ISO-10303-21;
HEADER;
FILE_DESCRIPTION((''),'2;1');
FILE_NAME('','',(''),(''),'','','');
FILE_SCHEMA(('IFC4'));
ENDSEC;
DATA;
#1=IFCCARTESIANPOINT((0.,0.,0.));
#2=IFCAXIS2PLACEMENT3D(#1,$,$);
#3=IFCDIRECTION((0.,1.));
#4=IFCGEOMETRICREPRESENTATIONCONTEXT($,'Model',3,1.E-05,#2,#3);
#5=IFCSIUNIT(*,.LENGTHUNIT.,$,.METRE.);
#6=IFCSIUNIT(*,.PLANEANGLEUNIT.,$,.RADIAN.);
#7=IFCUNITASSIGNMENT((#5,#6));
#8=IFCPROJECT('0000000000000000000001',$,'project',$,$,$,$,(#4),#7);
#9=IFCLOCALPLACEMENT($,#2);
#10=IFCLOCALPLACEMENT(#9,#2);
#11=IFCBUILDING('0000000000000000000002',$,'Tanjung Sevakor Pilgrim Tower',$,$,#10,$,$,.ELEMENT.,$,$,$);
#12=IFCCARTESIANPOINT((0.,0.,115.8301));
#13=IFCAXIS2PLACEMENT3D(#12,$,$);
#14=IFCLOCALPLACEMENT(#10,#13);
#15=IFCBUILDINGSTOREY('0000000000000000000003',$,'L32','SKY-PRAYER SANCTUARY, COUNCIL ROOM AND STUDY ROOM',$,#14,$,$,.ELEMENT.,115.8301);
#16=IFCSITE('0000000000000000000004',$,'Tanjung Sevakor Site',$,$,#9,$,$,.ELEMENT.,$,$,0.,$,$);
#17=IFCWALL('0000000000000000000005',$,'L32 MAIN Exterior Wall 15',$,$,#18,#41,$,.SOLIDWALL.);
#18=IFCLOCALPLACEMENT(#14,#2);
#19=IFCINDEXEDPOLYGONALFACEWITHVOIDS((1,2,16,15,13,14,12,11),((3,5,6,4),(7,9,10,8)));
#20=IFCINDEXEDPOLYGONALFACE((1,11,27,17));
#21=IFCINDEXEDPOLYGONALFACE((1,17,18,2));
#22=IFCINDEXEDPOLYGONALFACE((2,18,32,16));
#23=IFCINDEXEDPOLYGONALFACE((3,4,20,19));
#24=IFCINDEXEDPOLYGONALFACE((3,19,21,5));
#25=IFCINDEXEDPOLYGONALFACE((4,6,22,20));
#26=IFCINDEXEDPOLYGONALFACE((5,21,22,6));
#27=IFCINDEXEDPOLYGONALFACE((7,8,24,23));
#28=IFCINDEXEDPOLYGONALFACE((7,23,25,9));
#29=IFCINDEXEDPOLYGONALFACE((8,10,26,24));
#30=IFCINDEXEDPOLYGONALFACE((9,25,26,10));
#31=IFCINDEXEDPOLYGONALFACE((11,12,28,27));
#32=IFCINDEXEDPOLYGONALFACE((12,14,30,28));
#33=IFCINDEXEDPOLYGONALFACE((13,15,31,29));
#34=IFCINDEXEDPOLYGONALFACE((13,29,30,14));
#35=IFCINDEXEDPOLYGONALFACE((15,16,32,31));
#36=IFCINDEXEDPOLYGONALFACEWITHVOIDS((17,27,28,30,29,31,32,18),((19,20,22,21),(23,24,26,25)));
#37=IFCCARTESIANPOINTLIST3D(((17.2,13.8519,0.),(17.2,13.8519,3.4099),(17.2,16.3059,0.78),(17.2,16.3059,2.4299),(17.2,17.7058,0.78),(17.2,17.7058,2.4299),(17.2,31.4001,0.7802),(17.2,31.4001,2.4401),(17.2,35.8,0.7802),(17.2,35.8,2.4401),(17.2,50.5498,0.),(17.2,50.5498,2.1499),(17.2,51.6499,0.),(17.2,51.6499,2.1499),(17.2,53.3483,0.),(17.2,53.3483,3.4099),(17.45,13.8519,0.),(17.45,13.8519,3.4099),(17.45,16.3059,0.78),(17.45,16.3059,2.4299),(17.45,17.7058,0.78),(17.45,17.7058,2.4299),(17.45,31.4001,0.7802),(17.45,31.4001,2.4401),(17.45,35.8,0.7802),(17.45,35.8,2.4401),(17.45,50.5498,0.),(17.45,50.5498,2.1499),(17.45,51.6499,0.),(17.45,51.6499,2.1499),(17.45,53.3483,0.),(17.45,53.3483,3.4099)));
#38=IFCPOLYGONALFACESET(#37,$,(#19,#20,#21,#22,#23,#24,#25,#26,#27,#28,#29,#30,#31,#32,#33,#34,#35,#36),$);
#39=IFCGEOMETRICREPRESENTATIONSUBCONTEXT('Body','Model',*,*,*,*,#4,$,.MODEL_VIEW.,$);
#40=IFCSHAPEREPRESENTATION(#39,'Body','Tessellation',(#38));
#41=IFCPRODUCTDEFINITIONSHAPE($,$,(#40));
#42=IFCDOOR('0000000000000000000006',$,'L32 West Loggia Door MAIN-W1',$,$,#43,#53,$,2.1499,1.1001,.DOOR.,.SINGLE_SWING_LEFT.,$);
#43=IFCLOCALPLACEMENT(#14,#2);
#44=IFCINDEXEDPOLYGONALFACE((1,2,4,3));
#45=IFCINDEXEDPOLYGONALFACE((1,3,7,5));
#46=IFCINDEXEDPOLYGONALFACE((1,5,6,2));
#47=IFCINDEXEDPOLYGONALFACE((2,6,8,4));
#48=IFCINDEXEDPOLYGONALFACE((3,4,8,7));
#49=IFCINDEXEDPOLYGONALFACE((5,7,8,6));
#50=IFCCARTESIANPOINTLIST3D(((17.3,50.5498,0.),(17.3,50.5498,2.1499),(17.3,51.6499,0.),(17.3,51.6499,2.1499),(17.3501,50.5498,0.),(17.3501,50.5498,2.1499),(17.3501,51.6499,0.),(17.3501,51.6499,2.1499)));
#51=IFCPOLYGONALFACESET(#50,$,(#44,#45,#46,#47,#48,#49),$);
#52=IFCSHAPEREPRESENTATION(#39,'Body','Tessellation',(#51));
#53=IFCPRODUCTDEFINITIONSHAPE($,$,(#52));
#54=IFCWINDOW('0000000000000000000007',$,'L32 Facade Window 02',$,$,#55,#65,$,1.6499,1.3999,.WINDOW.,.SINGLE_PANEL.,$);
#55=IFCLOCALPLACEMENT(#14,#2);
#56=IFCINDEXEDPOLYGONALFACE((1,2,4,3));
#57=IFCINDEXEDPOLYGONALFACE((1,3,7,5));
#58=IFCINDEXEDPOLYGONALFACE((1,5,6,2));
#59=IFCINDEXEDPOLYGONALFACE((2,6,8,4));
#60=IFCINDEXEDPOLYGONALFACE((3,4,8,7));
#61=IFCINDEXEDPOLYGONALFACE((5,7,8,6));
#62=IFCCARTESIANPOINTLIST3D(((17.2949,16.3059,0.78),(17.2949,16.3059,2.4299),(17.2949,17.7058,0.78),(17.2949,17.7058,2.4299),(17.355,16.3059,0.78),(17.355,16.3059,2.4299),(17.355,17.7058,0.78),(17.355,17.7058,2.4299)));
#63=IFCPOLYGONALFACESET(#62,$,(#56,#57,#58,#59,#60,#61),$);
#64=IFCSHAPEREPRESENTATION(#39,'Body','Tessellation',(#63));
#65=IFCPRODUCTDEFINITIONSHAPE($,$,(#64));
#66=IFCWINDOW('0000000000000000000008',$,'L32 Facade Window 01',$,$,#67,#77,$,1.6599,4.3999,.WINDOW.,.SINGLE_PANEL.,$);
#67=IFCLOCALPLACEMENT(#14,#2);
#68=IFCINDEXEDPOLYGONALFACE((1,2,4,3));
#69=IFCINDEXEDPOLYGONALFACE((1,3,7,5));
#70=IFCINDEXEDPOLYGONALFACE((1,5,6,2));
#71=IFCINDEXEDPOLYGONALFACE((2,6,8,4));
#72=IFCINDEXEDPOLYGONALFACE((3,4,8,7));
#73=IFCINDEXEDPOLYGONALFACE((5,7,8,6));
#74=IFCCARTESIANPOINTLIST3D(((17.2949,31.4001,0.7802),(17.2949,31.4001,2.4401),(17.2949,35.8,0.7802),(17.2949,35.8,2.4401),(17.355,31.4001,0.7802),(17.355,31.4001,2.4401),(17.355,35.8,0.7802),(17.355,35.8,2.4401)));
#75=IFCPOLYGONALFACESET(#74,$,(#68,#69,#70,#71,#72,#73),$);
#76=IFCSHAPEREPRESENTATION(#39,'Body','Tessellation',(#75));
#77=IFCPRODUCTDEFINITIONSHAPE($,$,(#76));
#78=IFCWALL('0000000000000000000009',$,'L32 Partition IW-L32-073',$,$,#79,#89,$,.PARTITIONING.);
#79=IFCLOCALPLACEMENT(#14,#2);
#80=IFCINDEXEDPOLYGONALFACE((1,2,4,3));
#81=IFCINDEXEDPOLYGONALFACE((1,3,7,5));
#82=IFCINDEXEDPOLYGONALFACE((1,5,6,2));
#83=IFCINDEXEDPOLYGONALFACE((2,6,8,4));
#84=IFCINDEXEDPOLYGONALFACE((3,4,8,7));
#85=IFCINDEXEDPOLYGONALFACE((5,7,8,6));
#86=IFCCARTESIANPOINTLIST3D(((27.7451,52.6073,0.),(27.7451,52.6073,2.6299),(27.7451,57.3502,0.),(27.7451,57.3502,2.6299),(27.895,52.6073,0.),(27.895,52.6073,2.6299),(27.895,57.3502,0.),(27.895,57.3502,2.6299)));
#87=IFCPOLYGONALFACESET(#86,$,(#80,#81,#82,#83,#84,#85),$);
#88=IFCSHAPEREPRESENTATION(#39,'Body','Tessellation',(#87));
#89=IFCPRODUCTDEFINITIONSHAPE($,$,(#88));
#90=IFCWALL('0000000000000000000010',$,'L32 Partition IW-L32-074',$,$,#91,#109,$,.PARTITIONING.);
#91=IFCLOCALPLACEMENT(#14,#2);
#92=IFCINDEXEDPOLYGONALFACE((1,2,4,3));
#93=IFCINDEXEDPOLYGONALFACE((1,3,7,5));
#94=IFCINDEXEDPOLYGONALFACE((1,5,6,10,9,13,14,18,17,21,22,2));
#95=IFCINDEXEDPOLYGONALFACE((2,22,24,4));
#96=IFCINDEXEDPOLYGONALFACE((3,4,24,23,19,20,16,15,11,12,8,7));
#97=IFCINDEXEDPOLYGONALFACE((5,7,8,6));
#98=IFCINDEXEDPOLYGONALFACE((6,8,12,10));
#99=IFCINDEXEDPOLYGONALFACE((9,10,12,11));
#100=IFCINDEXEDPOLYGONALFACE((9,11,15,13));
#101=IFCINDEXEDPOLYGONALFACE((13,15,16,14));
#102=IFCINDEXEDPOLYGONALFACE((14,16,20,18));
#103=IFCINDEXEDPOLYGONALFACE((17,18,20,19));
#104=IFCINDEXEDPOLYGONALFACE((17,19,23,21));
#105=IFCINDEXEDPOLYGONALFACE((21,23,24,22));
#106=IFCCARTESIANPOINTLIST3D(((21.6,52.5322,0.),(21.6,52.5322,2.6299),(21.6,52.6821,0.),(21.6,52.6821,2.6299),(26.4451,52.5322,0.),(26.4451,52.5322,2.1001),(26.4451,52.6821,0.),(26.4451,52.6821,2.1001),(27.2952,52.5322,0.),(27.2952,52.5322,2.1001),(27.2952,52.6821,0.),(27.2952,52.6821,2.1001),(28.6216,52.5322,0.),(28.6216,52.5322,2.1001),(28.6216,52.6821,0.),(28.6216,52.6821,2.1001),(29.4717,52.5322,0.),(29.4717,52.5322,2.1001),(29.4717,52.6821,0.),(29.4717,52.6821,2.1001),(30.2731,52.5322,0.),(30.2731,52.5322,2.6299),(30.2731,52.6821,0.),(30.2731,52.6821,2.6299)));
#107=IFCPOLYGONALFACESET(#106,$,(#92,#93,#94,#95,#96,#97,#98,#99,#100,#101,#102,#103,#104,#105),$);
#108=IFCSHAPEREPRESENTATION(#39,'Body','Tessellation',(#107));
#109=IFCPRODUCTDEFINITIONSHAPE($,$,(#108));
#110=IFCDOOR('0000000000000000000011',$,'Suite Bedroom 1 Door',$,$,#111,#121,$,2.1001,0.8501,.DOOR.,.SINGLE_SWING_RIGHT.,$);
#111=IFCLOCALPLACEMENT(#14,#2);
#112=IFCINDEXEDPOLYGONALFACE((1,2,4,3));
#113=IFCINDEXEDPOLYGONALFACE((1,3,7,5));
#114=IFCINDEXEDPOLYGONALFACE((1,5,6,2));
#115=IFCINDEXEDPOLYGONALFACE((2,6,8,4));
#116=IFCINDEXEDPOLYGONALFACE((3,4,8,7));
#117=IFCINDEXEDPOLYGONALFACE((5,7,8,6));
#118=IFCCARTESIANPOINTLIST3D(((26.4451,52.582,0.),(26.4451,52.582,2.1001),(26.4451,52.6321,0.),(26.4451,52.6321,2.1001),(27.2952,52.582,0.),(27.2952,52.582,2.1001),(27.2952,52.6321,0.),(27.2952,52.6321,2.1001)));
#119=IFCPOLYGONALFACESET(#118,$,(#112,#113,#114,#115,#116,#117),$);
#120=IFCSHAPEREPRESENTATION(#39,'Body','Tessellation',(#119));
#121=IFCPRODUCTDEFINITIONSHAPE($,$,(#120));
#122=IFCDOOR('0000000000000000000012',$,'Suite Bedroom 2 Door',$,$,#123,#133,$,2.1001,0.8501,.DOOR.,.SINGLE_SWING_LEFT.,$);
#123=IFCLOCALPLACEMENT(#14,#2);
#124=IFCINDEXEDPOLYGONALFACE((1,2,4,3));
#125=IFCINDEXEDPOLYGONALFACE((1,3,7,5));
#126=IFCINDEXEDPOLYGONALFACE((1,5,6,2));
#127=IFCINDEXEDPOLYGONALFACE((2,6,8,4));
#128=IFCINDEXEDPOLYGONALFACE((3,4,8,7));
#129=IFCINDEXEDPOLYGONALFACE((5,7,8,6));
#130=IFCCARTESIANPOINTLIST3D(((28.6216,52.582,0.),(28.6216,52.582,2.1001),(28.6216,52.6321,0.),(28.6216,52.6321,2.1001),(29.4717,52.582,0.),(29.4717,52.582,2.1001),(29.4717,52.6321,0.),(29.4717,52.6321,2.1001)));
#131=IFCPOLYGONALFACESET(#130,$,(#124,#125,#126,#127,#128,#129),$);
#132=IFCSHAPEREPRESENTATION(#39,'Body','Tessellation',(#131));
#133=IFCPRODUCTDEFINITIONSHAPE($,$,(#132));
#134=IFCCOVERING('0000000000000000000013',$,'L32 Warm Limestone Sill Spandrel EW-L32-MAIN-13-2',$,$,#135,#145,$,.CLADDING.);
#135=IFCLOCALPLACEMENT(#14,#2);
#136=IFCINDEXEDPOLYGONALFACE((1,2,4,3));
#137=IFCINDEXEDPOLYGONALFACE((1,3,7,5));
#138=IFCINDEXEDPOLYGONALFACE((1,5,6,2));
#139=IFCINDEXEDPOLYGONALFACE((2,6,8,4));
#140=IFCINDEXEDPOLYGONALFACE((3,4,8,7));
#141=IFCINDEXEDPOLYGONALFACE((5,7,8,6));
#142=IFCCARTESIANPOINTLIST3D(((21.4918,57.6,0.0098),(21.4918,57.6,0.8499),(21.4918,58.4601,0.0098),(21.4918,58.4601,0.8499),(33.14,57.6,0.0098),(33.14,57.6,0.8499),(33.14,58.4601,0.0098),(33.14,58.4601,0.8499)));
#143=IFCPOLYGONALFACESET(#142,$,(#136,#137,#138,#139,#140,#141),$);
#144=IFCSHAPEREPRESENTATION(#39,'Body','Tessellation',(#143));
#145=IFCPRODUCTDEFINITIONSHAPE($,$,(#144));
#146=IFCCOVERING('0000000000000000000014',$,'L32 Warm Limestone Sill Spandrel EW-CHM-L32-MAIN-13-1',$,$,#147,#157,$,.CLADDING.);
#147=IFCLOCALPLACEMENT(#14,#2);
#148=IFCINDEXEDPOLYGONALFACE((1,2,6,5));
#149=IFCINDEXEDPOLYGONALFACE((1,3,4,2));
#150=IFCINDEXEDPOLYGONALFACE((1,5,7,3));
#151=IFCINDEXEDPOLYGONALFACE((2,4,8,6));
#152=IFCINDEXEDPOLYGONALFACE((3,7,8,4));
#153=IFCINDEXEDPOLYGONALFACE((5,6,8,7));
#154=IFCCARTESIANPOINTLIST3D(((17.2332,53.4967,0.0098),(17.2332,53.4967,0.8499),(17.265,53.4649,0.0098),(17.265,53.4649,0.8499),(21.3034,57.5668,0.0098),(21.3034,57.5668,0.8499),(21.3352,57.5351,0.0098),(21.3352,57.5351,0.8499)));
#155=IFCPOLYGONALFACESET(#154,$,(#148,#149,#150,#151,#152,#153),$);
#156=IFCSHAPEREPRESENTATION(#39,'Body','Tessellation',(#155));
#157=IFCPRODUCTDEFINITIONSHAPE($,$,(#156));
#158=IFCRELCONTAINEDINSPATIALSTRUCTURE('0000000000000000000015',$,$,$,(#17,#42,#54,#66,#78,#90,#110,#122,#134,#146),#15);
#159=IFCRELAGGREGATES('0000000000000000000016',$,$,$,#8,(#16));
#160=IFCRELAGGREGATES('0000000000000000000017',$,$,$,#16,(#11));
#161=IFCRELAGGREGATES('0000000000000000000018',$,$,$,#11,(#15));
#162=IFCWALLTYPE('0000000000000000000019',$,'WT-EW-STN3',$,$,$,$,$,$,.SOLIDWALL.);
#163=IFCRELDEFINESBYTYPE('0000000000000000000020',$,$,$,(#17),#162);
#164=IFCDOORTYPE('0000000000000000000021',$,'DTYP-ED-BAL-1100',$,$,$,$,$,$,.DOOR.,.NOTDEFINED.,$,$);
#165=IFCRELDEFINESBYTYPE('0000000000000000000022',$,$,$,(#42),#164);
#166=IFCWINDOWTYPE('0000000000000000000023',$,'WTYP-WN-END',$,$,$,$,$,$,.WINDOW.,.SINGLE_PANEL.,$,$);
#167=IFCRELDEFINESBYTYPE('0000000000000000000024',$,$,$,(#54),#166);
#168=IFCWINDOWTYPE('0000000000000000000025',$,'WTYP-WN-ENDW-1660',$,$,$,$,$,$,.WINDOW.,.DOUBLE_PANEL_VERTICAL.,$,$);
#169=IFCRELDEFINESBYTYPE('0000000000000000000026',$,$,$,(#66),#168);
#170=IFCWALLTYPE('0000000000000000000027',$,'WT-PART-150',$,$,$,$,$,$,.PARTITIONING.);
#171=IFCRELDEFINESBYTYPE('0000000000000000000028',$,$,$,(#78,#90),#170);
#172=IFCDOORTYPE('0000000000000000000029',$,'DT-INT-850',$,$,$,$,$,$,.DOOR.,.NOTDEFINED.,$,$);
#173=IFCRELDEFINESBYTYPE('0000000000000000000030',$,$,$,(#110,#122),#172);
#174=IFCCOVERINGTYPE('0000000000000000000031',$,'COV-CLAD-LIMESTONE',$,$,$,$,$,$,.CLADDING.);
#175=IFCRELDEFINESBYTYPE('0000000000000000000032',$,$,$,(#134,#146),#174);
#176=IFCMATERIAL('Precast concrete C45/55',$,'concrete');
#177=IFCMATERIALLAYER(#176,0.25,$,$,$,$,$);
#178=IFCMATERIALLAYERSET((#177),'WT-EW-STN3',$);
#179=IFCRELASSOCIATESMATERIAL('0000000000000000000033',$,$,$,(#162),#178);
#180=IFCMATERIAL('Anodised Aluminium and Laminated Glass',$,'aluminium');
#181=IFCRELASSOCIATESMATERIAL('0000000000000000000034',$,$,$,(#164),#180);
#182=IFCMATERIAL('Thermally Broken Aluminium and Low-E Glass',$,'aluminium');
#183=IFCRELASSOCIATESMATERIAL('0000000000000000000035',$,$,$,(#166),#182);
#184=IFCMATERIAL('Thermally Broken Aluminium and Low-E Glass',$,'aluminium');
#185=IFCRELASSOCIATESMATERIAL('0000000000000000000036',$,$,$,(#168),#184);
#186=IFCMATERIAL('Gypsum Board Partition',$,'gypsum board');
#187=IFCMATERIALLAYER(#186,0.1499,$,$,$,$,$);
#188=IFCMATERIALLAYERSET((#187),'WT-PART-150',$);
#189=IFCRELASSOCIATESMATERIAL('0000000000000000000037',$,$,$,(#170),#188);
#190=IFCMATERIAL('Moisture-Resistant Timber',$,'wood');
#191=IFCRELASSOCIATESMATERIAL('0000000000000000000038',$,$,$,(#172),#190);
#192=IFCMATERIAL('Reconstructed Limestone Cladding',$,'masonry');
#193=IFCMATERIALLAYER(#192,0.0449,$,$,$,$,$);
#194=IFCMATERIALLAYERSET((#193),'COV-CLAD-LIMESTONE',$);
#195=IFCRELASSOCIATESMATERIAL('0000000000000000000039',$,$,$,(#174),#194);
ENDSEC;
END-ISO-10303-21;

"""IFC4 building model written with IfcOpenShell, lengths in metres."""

from ifc_helpers import new_model, si_unit, direction, frame, frame_2d, origin, origin_2d, place, context, subcontext, project, spatial, rectangle, extrude, material, layer, layer_set, type_object, element, fill, save


model = new_model("IFC4")

# Units and contexts
model_context = context("Model", 3, precision=1e-05, world=origin(), true_north=direction((0.0, 1.0)))
body_context = subcontext(model_context, "Body", "Model", "MODEL_VIEW")
ifc_project = project(units=[si_unit("LENGTHUNIT", "METRE"), si_unit("PLANEANGLEUNIT", "RADIAN")], contexts=[model_context])

# Site, building, storey
site_placement = place(None, origin())
site = spatial("IfcSite", under=ifc_project, at=site_placement, Name="Tanjung Sevakor Site", CompositionType="ELEMENT", RefElevation=0.0)
building_placement = place(site_placement, origin())
building = spatial("IfcBuilding", under=site, at=building_placement, Name="Tanjung Sevakor Pilgrim Tower", CompositionType="ELEMENT")
storey_placement = place(building_placement, frame((0.0, 0.0, 115.8301)))
storey = spatial("IfcBuildingStorey", under=building, at=storey_placement, Name="L32", Description="SKY-PRAYER SANCTUARY, COUNCIL ROOM AND STUDY ROOM", CompositionType="ELEMENT", Elevation=115.8301)

# Shared definitions
ifc_material_1 = material(Name="Precast concrete C45/55", Category="concrete")
ifc_layer_1 = layer(ifc_material_1, 0.25)
ifc_layer_set_1 = layer_set([ifc_layer_1], Name="WT-EW-STN3")
wall_type_1 = type_object("IfcWallType", Name="WT-EW-STN3", PredefinedType="SOLIDWALL", material=ifc_layer_set_1)

# Wall, openings, door, windows
wall_1_placement = place(storey_placement, frame((17.325, 53.3481, 0.0), z_axis=(0.0, 0.0, 1.0), x_axis=(0.0, -1.0, 0.0)))
wall_1 = element("IfcWall", 1, at=wall_1_placement, inside=storey, type_object=wall_type_1, Name="L32 MAIN Exterior Wall 15", PredefinedType="SOLIDWALL", context=body_context, shape_type="SweptSolid", body=[
    extrude(rectangle(XDim=39.4963, YDim=0.25, at=frame_2d((19.748, 0.0))), origin(), (0.0, 0.0, 1.0), 3.4099),
])
opening_1_placement = place(wall_1_placement, frame((1.6982, 0.0, 0.0)))
opening_1 = element("IfcOpeningElement", 2, at=opening_1_placement, cuts=wall_1, PredefinedType="OPENING", context=body_context, shape_type="SweptSolid", body=[
    extrude(rectangle(XDim=1.1001, YDim=2.1499, at=frame_2d((0.55, 1.075))), frame((0.0, 0.135, 0.0), z_axis=(0.0, -1.0, 0.0), x_axis=(1.0, 0.0, 0.0)), (0.0, 0.0, 1.0), 0.27),
])
opening_2_placement = place(wall_1_placement, frame((17.5481, 0.0, 0.78)))
opening_2 = element("IfcOpeningElement", 3, at=opening_2_placement, cuts=wall_1, PredefinedType="OPENING", context=body_context, shape_type="SweptSolid", body=[
    extrude(rectangle(XDim=4.3999, YDim=1.6599, at=frame_2d((2.2, 0.8301))), frame((0.0, 0.135, 0.0), z_axis=(0.0, -1.0, 0.0), x_axis=(1.0, 0.0, 0.0)), (0.0, 0.0, 1.0), 0.27),
])
opening_3_placement = place(wall_1_placement, frame((35.6423, 0.0, 0.78)))
opening_3 = element("IfcOpeningElement", 4, at=opening_3_placement, cuts=wall_1, PredefinedType="OPENING", context=body_context, shape_type="SweptSolid", body=[
    extrude(rectangle(XDim=1.3999, YDim=1.6499, at=frame_2d((0.7, 0.825))), frame((0.0, 0.135, 0.0), z_axis=(0.0, -1.0, 0.0), x_axis=(1.0, 0.0, 0.0)), (0.0, 0.0, 1.0), 0.27),
])
ifc_material_2 = material(Name="Anodised Aluminium and Laminated Glass", Category="aluminium")
door_type_1 = type_object("IfcDoorType", Name="DTYP-ED-BAL-1100", OperationType="NOTDEFINED", PredefinedType="DOOR", material=ifc_material_2)
door_1_placement = place(opening_1_placement, frame((1.1001, 0.0, 0.0), z_axis=(0.0, 0.0, 1.0), x_axis=(-1.0, 0.0, 0.0)))
door_1 = element("IfcDoor", 5, at=door_1_placement, inside=storey, type_object=door_type_1, Name="L32 West Loggia Door MAIN-W1", OperationType="SINGLE_SWING_LEFT", OverallHeight=2.1499, OverallWidth=1.1001, PredefinedType="DOOR", context=body_context, shape_type="SweptSolid", body=[
    extrude(rectangle(XDim=1.1001, YDim=2.1499, at=frame_2d((0.55, 1.075))), frame((0.0, 0.0249, 0.0), z_axis=(0.0, -1.0, 0.0), x_axis=(1.0, 0.0, 0.0)), (0.0, 0.0, 1.0), 0.05),
])
fill(opening_1, door_1)
ifc_material_3 = material(Name="Thermally Broken Aluminium and Low-E Glass", Category="aluminium")
window_type_1 = type_object("IfcWindowType", Name="WTYP-WN-END", PartitioningType="SINGLE_PANEL", PredefinedType="WINDOW", material=ifc_material_3)
window_1_placement = place(opening_3_placement, origin())
window_1 = element("IfcWindow", 6, at=window_1_placement, inside=storey, type_object=window_type_1, Name="L32 Facade Window 02", OverallHeight=1.6499, OverallWidth=1.3999, PartitioningType="SINGLE_PANEL", PredefinedType="WINDOW", context=body_context, shape_type="SweptSolid", body=[
    extrude(rectangle(XDim=1.3999, YDim=1.6499, at=frame_2d((0.7, 0.825))), frame((0.0, 0.03, 0.0), z_axis=(0.0, -1.0, 0.0), x_axis=(1.0, 0.0, 0.0)), (0.0, 0.0, 1.0), 0.0601),
])
fill(opening_3, window_1)
ifc_material_4 = material(Name="Thermally Broken Aluminium and Low-E Glass", Category="aluminium")
window_type_2 = type_object("IfcWindowType", Name="WTYP-WN-ENDW-1660", PartitioningType="DOUBLE_PANEL_VERTICAL", PredefinedType="WINDOW", material=ifc_material_4)
window_2_placement = place(opening_2_placement, origin())
window_2 = element("IfcWindow", 7, at=window_2_placement, inside=storey, type_object=window_type_2, Name="L32 Facade Window 01", OverallHeight=1.6599, OverallWidth=4.3999, PartitioningType="SINGLE_PANEL", PredefinedType="WINDOW", context=body_context, shape_type="SweptSolid", body=[
    extrude(rectangle(XDim=4.3999, YDim=1.6599, at=frame_2d((2.2, 0.8301))), frame((0.0, 0.03, 0.0), z_axis=(0.0, -1.0, 0.0), x_axis=(1.0, 0.0, 0.0)), (0.0, 0.0, 1.0), 0.0601),
])
fill(opening_2, window_2)

# Wall
ifc_material_5 = material(Name="Gypsum Board Partition", Category="gypsum board")
ifc_layer_2 = layer(ifc_material_5, 0.1499)
ifc_layer_set_2 = layer_set([ifc_layer_2], Name="WT-PART-150")
wall_type_2 = type_object("IfcWallType", Name="WT-PART-150", PredefinedType="PARTITIONING", material=ifc_layer_set_2)
wall_2_placement = place(storey_placement, frame((27.8201, 52.6072, 0.0), z_axis=(0.0, 0.0, 1.0), x_axis=(0.0, 1.0, 0.0)))
element("IfcWall", 8, at=wall_2_placement, inside=storey, type_object=wall_type_2, Name="L32 Partition IW-L32-073", PredefinedType="PARTITIONING", context=body_context, shape_type="SweptSolid", body=[
    extrude(rectangle(XDim=4.7429, YDim=0.1499, at=frame_2d((2.3716, 0.0))), origin(), (0.0, 0.0, 1.0), 2.6299),
])

# Wall, openings, doors
wall_3_placement = place(storey_placement, frame((21.6001, 52.6072, 0.0), z_axis=(0.0, 0.0, 1.0), x_axis=(1.0, 0.0, 0.0)))
wall_3 = element("IfcWall", 9, at=wall_3_placement, inside=storey, type_object=wall_type_2, Name="L32 Partition IW-L32-074", PredefinedType="PARTITIONING", context=body_context, shape_type="SweptSolid", body=[
    extrude(rectangle(XDim=8.6731, YDim=0.1499, at=frame_2d((4.3364, 0.0))), origin(), (0.0, 0.0, 1.0), 2.6299),
])
opening_4_placement = place(wall_3_placement, frame((4.845, 0.0, 0.0)))
opening_4 = element("IfcOpeningElement", 10, at=opening_4_placement, cuts=wall_3, PredefinedType="OPENING", context=body_context, shape_type="SweptSolid", body=[
    extrude(rectangle(XDim=0.8501, YDim=2.1001, at=frame_2d((0.425, 1.05))), frame((0.0, 0.085, 0.0), z_axis=(0.0, -1.0, 0.0), x_axis=(1.0, 0.0, 0.0)), (0.0, 0.0, 1.0), 0.1699),
])
opening_5_placement = place(wall_3_placement, frame((7.0215, 0.0, 0.0)))
opening_5 = element("IfcOpeningElement", 11, at=opening_5_placement, cuts=wall_3, PredefinedType="OPENING", context=body_context, shape_type="SweptSolid", body=[
    extrude(rectangle(XDim=0.8501, YDim=2.1001, at=frame_2d((0.425, 1.05))), frame((0.0, 0.085, 0.0), z_axis=(0.0, -1.0, 0.0), x_axis=(1.0, 0.0, 0.0)), (0.0, 0.0, 1.0), 0.1699),
])
ifc_material_6 = material(Name="Moisture-Resistant Timber", Category="wood")
door_type_2 = type_object("IfcDoorType", Name="DT-INT-850", OperationType="NOTDEFINED", PredefinedType="DOOR", material=ifc_material_6)
door_2_placement = place(opening_4_placement, origin())
door_2 = element("IfcDoor", 12, at=door_2_placement, inside=storey, type_object=door_type_2, Name="Suite Bedroom 1 Door", OperationType="SINGLE_SWING_RIGHT", OverallHeight=2.1001, OverallWidth=0.8501, PredefinedType="DOOR", context=body_context, shape_type="SweptSolid", body=[
    extrude(rectangle(XDim=0.8501, YDim=2.1001, at=frame_2d((0.425, 1.05))), frame((0.0, 0.0249, 0.0), z_axis=(0.0, -1.0, 0.0), x_axis=(1.0, 0.0, 0.0)), (0.0, 0.0, 1.0), 0.05),
])
fill(opening_4, door_2)
door_3_placement = place(opening_5_placement, origin())
door_3 = element("IfcDoor", 13, at=door_3_placement, inside=storey, type_object=door_type_2, Name="Suite Bedroom 2 Door", OperationType="SINGLE_SWING_LEFT", OverallHeight=2.1001, OverallWidth=0.8501, PredefinedType="DOOR", context=body_context, shape_type="SweptSolid", body=[
    extrude(rectangle(XDim=0.8501, YDim=2.1001, at=frame_2d((0.425, 1.05))), frame((0.0, 0.0249, 0.0), z_axis=(0.0, -1.0, 0.0), x_axis=(1.0, 0.0, 0.0)), (0.0, 0.0, 1.0), 0.05),
])
fill(opening_5, door_3)

# Coverings
ifc_material_7 = material(Name="Reconstructed Limestone Cladding", Category="masonry")
ifc_layer_3 = layer(ifc_material_7, 0.0449)
ifc_layer_set_3 = layer_set([ifc_layer_3], Name="COV-CLAD-LIMESTONE")
covering_type = type_object("IfcCoveringType", Name="COV-CLAD-LIMESTONE", PredefinedType="CLADDING", material=ifc_layer_set_3)
covering_1_placement = place(storey_placement, frame((27.3159, 58.03, 0.0098), z_axis=(0.0, 0.0, 1.0), x_axis=(-1.0, 0.0, 0.0)))
element("IfcCovering", 14, at=covering_1_placement, inside=storey, type_object=covering_type, Name="L32 Warm Limestone Sill Spandrel EW-L32-MAIN-13-2", PredefinedType="CLADDING", context=body_context, shape_type="SweptSolid", body=[
    extrude(rectangle(XDim=11.6482, YDim=0.8601, at=origin_2d()), origin(), (0.0, 0.0, 1.0), 0.8401),
])
covering_2_placement = place(storey_placement, frame((19.2842, 55.5159, 0.0098), z_axis=(0.0, 0.0, 1.0), x_axis=(-0.707107, -0.707107, 0.0)))
element("IfcCovering", 15, at=covering_2_placement, inside=storey, type_object=covering_type, Name="L32 Warm Limestone Sill Spandrel EW-CHM-L32-MAIN-13-1", PredefinedType="CLADDING", context=body_context, shape_type="SweptSolid", body=[
    extrude(rectangle(XDim=5.7561, YDim=0.0449, at=origin_2d()), origin(), (0.0, 0.0, 1.0), 0.8401),
])

save(model, "model.ifc")
